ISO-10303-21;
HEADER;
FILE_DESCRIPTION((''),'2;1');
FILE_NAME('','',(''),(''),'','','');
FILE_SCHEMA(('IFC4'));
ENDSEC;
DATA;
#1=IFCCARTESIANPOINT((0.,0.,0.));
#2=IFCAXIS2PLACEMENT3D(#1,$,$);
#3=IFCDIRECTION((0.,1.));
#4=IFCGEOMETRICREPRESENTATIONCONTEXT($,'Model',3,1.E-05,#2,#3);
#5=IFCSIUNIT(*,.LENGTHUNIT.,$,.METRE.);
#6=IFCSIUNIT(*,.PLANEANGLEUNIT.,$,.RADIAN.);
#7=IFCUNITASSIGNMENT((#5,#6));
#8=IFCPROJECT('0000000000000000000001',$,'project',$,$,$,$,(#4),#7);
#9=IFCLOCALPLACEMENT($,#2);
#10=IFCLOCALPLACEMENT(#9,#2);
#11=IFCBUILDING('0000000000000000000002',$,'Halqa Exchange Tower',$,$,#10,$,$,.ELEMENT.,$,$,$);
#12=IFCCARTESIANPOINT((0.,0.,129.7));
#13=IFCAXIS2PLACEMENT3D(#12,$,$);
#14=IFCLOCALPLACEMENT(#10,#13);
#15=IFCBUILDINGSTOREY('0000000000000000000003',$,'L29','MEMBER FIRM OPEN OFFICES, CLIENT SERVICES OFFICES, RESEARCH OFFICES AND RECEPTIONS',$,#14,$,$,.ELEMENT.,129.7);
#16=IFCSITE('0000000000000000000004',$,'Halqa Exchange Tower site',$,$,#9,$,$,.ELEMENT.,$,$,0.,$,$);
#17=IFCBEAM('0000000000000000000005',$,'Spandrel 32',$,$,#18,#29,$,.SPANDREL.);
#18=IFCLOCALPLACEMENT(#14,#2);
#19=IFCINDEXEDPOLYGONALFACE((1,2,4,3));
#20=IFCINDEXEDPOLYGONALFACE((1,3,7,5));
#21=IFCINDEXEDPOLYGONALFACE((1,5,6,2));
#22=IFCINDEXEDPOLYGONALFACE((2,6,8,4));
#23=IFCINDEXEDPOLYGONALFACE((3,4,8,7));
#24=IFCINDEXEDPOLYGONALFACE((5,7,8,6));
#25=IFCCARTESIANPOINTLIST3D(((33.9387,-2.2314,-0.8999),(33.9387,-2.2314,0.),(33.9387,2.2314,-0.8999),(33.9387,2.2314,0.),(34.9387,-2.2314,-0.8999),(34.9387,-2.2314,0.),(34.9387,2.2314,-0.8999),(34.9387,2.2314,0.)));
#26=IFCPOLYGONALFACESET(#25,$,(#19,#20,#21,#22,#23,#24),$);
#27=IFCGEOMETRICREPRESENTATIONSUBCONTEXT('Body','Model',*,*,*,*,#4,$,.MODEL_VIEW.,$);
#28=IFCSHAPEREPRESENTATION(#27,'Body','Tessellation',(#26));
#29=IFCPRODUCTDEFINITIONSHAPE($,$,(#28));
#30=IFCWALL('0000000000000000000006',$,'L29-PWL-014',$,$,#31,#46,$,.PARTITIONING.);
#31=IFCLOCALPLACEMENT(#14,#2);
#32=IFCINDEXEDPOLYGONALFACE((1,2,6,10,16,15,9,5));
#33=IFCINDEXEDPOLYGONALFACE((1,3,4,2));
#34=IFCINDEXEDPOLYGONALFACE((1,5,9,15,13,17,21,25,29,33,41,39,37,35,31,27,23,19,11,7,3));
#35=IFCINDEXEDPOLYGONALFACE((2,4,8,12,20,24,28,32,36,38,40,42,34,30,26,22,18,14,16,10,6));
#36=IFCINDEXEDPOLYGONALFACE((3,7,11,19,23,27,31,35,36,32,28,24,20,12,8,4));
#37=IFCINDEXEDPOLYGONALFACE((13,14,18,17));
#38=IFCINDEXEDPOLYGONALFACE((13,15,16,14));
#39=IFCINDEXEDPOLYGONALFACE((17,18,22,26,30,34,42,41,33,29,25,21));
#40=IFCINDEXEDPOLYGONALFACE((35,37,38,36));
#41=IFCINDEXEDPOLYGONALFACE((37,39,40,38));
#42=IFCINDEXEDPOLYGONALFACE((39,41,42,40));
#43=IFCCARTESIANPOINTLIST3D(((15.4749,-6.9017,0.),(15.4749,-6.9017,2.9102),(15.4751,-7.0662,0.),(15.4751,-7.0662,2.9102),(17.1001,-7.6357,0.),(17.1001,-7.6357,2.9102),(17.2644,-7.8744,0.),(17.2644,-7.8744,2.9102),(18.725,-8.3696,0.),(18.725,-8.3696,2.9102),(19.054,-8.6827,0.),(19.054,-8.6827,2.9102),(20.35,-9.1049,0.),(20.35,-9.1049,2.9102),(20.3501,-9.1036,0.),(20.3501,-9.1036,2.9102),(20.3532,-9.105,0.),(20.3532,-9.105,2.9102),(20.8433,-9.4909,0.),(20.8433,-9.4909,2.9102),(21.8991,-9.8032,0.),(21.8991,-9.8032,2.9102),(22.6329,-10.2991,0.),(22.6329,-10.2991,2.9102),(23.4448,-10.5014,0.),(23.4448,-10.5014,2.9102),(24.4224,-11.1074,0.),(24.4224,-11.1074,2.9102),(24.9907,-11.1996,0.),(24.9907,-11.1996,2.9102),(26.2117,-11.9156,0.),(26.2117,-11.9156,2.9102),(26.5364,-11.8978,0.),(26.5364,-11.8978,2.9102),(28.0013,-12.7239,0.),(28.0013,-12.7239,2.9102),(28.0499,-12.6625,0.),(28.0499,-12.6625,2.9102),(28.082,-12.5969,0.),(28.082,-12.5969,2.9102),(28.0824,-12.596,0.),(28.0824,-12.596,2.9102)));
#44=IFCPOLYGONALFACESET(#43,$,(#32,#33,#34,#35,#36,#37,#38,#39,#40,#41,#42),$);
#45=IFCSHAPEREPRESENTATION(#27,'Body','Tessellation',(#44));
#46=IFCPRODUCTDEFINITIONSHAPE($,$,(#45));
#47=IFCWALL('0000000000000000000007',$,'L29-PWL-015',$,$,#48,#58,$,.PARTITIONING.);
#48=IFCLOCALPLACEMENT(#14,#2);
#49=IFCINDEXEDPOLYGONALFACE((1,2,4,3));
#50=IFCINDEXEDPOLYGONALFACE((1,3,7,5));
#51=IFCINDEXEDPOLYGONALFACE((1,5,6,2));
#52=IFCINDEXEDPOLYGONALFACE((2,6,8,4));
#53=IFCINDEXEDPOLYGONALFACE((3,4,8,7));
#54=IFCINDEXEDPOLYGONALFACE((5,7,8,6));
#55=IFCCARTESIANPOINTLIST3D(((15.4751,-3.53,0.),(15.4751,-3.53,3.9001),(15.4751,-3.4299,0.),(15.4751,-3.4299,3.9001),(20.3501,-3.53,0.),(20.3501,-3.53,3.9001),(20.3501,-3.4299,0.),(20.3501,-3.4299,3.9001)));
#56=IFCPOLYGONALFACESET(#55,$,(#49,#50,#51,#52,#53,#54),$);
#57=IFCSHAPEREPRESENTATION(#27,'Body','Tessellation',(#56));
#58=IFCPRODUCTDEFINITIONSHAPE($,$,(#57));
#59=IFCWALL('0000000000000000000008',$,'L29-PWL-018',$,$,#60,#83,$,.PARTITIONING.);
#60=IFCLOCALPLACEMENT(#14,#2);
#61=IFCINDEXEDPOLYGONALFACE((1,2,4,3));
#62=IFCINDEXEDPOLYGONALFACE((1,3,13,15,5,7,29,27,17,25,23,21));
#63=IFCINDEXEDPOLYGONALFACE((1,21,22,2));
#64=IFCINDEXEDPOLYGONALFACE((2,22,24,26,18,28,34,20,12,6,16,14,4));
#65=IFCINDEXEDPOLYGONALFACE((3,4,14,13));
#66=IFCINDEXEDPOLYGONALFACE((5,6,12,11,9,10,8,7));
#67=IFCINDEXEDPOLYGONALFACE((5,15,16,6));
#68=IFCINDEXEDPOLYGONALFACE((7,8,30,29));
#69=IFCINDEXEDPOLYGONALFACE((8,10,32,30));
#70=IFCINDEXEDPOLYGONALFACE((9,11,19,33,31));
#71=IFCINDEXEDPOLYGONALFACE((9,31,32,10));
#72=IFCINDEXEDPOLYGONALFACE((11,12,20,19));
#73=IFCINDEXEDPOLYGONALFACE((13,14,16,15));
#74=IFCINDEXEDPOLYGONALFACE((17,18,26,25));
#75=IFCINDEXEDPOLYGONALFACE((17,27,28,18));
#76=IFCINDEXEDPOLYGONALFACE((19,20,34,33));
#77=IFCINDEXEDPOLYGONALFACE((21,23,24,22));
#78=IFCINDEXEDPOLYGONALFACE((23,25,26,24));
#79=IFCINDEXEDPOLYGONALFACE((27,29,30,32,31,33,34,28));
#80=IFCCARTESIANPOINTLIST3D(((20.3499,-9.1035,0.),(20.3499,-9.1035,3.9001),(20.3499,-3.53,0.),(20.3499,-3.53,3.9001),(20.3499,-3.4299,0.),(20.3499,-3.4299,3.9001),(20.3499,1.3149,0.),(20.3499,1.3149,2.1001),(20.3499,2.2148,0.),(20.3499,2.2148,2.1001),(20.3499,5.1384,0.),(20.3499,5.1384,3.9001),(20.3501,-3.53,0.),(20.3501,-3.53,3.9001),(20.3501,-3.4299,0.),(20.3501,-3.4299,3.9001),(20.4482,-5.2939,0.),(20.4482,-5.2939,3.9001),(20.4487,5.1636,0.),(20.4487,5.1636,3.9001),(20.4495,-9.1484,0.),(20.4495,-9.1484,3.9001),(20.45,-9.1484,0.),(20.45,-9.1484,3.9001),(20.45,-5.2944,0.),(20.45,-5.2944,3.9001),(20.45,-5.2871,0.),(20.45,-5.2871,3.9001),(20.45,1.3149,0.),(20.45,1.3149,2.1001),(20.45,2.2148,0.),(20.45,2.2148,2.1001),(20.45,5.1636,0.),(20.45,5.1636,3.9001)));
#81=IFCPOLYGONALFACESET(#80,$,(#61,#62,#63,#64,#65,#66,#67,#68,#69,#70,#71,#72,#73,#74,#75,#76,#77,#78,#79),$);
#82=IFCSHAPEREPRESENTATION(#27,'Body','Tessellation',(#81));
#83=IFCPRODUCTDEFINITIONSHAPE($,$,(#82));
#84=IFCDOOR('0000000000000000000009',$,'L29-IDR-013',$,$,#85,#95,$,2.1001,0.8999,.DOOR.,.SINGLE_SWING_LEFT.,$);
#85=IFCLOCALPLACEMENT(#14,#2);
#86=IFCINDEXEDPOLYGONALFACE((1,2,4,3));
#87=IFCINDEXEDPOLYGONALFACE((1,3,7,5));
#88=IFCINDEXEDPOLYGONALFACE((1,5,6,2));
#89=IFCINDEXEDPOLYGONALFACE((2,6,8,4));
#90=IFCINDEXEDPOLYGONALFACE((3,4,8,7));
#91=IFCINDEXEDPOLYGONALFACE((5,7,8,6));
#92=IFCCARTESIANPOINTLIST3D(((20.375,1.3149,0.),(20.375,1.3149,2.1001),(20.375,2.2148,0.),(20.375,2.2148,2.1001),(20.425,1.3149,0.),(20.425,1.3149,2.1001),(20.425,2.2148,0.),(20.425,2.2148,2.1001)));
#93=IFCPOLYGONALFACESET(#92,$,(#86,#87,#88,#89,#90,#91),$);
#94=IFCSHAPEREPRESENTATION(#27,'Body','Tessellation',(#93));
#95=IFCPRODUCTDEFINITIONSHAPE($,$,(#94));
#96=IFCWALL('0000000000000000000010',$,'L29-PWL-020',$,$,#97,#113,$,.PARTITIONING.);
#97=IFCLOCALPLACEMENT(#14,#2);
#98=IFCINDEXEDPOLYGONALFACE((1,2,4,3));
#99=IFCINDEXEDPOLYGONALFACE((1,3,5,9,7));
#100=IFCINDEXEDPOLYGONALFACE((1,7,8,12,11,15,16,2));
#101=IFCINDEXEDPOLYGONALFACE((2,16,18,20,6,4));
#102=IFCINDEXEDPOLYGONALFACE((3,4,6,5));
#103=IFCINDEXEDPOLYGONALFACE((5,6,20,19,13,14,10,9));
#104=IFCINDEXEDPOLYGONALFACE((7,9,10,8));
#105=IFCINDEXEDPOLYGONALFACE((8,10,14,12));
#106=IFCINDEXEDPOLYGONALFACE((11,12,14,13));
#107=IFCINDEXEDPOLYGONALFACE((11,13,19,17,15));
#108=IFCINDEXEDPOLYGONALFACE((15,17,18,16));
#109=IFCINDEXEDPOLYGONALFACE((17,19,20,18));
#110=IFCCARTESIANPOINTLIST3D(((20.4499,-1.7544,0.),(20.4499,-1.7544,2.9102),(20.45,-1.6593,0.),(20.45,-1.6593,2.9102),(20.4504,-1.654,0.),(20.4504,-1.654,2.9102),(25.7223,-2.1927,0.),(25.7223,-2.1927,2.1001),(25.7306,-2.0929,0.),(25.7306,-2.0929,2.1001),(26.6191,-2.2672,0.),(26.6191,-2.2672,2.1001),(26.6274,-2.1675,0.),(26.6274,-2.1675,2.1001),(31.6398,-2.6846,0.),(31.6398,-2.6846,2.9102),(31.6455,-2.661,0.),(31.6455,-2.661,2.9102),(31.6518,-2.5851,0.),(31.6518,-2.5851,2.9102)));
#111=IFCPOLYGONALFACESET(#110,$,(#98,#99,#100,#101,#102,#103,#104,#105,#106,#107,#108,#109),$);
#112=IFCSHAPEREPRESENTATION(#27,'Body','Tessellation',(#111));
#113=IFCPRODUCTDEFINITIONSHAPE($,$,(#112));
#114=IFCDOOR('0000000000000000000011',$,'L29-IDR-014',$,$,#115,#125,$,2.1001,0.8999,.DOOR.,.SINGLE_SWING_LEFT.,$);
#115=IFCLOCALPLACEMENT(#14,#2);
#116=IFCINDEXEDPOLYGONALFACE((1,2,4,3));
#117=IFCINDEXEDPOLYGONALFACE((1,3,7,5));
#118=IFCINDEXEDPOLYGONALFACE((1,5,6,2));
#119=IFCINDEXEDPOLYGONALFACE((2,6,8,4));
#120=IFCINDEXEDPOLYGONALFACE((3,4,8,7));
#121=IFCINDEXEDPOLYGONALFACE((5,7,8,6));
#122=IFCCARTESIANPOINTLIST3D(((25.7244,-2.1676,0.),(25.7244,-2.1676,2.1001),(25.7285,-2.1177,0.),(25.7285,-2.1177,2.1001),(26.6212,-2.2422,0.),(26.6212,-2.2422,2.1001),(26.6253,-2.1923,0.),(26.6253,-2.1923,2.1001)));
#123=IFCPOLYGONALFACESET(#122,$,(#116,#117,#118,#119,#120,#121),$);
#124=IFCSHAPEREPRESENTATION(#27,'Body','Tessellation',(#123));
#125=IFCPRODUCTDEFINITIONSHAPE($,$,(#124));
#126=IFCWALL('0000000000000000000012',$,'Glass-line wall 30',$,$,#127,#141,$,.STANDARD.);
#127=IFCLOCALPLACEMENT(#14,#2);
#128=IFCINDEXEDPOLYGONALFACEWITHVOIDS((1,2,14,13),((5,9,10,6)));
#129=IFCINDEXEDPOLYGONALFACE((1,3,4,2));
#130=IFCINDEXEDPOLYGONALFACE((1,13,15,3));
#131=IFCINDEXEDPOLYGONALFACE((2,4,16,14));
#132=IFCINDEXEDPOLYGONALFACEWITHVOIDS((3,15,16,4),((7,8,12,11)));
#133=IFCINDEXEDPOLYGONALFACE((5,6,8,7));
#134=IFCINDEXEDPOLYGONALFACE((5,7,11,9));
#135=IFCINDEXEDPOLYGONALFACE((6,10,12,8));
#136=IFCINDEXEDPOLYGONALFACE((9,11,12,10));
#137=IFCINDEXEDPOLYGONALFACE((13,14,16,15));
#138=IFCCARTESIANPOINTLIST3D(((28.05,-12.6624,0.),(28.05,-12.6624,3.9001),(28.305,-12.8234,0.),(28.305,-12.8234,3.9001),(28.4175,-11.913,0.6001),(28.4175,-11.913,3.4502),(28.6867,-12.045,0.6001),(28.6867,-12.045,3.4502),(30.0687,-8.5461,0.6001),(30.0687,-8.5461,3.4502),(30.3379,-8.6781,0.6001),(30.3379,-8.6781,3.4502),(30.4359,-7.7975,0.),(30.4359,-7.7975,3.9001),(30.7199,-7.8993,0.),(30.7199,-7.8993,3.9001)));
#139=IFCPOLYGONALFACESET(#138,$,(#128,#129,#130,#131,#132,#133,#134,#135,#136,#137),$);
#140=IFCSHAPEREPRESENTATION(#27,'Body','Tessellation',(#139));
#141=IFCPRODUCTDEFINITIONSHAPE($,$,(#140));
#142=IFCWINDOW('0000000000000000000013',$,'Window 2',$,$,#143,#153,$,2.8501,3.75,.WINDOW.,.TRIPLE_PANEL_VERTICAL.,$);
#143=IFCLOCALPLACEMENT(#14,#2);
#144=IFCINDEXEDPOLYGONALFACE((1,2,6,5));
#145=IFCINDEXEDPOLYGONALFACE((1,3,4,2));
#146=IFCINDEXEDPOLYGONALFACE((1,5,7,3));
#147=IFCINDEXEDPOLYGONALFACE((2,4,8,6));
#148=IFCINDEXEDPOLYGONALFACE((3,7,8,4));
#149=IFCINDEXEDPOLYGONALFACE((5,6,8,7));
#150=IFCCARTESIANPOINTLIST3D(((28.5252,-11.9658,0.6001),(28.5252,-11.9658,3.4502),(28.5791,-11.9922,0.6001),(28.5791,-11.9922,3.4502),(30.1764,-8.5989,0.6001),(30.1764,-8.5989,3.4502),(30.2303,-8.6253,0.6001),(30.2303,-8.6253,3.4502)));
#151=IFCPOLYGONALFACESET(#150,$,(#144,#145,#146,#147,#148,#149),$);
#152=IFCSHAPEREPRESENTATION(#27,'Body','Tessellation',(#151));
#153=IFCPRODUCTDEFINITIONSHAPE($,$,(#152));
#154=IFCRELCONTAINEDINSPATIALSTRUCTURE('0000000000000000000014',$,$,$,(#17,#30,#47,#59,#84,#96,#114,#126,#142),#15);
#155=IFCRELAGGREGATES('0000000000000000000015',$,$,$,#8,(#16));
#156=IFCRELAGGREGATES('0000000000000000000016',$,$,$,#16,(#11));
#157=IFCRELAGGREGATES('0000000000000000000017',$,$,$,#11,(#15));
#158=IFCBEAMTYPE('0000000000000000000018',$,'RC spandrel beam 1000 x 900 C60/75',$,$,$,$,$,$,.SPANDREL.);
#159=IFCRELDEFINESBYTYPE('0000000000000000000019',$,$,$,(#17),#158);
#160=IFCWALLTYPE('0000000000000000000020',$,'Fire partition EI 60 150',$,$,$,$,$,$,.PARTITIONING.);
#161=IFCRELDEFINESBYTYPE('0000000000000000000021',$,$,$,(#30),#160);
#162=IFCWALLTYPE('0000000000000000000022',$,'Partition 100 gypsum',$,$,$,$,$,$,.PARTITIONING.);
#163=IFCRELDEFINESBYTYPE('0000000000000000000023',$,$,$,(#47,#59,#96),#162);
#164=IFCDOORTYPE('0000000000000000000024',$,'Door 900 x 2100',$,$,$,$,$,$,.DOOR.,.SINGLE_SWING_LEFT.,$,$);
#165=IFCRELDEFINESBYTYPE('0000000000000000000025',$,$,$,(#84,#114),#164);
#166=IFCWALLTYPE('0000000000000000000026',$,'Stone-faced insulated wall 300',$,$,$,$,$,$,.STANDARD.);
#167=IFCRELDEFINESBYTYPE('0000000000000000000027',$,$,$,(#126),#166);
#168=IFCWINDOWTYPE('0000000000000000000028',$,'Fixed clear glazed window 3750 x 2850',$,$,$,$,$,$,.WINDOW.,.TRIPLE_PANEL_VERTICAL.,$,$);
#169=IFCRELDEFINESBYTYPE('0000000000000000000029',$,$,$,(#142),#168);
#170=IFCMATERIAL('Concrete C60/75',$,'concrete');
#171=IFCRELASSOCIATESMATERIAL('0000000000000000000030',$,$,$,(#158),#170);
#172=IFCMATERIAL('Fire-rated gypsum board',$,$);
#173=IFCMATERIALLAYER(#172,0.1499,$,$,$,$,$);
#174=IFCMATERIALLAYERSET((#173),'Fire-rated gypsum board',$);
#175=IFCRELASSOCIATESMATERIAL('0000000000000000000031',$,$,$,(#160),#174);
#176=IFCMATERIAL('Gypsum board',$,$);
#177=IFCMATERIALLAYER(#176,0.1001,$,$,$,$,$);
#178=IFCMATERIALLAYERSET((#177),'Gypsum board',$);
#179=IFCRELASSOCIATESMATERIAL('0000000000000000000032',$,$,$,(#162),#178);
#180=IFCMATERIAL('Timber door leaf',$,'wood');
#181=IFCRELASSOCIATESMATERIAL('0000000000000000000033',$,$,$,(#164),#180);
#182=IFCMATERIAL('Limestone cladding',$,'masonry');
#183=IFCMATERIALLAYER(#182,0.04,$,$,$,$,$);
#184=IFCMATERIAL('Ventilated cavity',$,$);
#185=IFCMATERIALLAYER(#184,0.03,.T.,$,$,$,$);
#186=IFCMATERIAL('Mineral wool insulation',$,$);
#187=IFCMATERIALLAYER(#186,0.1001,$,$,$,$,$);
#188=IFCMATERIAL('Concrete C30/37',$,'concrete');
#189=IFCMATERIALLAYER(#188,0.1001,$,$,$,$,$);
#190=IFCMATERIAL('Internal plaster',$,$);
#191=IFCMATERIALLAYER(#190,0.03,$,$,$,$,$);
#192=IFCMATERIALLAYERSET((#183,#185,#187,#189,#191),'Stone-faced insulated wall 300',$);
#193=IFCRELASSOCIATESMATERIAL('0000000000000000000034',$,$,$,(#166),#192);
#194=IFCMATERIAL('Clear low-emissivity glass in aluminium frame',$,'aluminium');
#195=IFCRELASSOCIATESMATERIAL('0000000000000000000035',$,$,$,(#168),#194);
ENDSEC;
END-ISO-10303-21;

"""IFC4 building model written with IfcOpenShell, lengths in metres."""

from ifc_helpers import new_model, si_unit, direction, frame, frame_2d, origin, origin_2d, place, context, subcontext, project, spatial, polyline, rectangle, outline, extrude, material, layer, layer_set, material_profile, profile_set, type_object, element, fill, save


model = new_model("IFC4")

# Units and contexts
model_context = context("Model", 3, precision=1e-05, world=origin(), true_north=direction((0.0, 1.0)))
body_context = subcontext(model_context, "Body", "Model", "MODEL_VIEW")
ifc_project = project(units=[si_unit("LENGTHUNIT", "METRE"), si_unit("PLANEANGLEUNIT", "RADIAN")], contexts=[model_context])

# Site, building, storey
site_placement = place(None, origin())
site = spatial("IfcSite", under=ifc_project, at=site_placement, Name="Halqa Exchange Tower site", CompositionType="ELEMENT", RefElevation=0.0)
building_placement = place(site_placement, origin())
building = spatial("IfcBuilding", under=site, at=building_placement, Name="Halqa Exchange Tower", CompositionType="ELEMENT")
storey_placement = place(building_placement, frame((0.0, 0.0, 129.7)))
storey = spatial("IfcBuildingStorey", under=building, at=storey_placement, Name="L29", Description="MEMBER FIRM OPEN OFFICES, CLIENT SERVICES OFFICES, RESEARCH OFFICES AND RECEPTIONS", CompositionType="ELEMENT", Elevation=129.7)

# Beam
ifc_material_1 = material(Name="Concrete C60/75", Category="concrete")
ifc_material_profile_1 = material_profile(ifc_material_1, rectangle(XDim=1.0, YDim=0.8999, at=origin_2d()), Name="1000 x 900")
ifc_profile_set_1 = profile_set([ifc_material_profile_1], Name="Concrete C60/75")
beam_type_1 = type_object("IfcBeamType", Name="RC spandrel beam 1000 x 900 C60/75", PredefinedType="SPANDREL", material=ifc_profile_set_1)
beam_1_placement = place(storey_placement, frame((34.4387, -2.2314, -0.45), z_axis=(0.0, 1.0, 0.0), x_axis=(-1.0, 0.0, 0.0)))
element("IfcBeam", 1, at=beam_1_placement, inside=storey, type_object=beam_type_1, Name="Spandrel 32", PredefinedType="SPANDREL", context=body_context, shape_type="SweptSolid", body=[
    extrude(rectangle(XDim=1.0, YDim=0.8999, at=origin_2d()), origin(), (0.0, 0.0, 1.0), 4.4629),
])

# Walls
ifc_material_2 = material(Name="Fire-rated gypsum board")
ifc_layer_1 = layer(ifc_material_2, 0.1499)
ifc_layer_set_1 = layer_set([ifc_layer_1], Name="Fire-rated gypsum board")
wall_type_1 = type_object("IfcWallType", Name="Fire partition EI 60 150", PredefinedType="PARTITIONING", material=ifc_layer_set_1)
wall_1_placement = place(storey_placement, frame((15.4441, -6.97, 0.0), z_axis=(0.0, 0.0, 1.0), x_axis=(0.911353, -0.411626, 0.0)))
element("IfcWall", 2, at=wall_1_placement, inside=storey, type_object=wall_type_1, Name="L29-PWL-014", PredefinedType="PARTITIONING", context=body_context, shape_type="SweptSolid", body=[
    extrude(outline(polyline([(0.0679, -0.075), (2.0312, -0.075), (3.9949, -0.075), (5.9583, -0.075), (7.9219, -0.075), (9.8855, -0.075), (11.8489, -0.075), (13.8125, -0.075), (13.8315, 0.001), (13.8337, 0.074), (13.8337, 0.075), (12.1375, 0.075), (10.4414, 0.075), (8.7451, 0.075), (7.0491, 0.075), (5.3528, 0.075), (5.3499, 0.0737), (5.3494, 0.075), (3.5662, 0.075), (1.7832, 0.075), (0.0, 0.075), (0.0679, -0.075)])), origin(), (0.0, 0.0, 1.0), 2.9102),
])
ifc_material_3 = material(Name="Gypsum board")
ifc_layer_2 = layer(ifc_material_3, 0.1001)
ifc_layer_set_2 = layer_set([ifc_layer_2], Name="Gypsum board")
wall_type_2 = type_object("IfcWallType", Name="Partition 100 gypsum", PredefinedType="PARTITIONING", material=ifc_layer_set_2)
wall_2_placement = place(storey_placement, frame((15.4751, -3.48, 0.0), z_axis=(0.0, 0.0, 1.0), x_axis=(1.0, 0.0, 0.0)))
element("IfcWall", 3, at=wall_2_placement, inside=storey, type_object=wall_type_2, Name="L29-PWL-015", PredefinedType="PARTITIONING", context=body_context, shape_type="SweptSolid", body=[
    extrude(rectangle(XDim=4.875, YDim=0.1001, at=frame_2d((2.4375, 0.0))), origin(), (0.0, 0.0, 1.0), 3.9001),
])

# Walls, openings, doors
wall_3_placement = place(storey_placement, frame((20.3999, -9.1484, 0.0), z_axis=(0.0, 0.0, 1.0), x_axis=(0.0, 1.0, 0.0)))
wall_3 = element("IfcWall", 4, at=wall_3_placement, inside=storey, type_object=wall_type_2, Name="L29-PWL-018", PredefinedType="PARTITIONING", context=body_context, shape_type="SweptSolid", body=[
    extrude(outline(polyline([(0.0, -0.05), (1.927, -0.05), (3.854, -0.05), (3.8545, -0.0483), (3.8613, -0.05), (5.6033, -0.05), (7.345, -0.05), (9.0867, -0.05), (10.8284, -0.05), (12.5703, -0.05), (14.312, -0.05), (14.312, -0.0488), (14.2869, 0.05), (12.573, 0.05), (10.8594, 0.05), (9.1458, 0.05), (7.4321, 0.05), (5.7185, 0.05), (5.7185, 0.0498), (5.6184, 0.0498), (5.6184, 0.05), (3.7607, 0.05), (1.9028, 0.05), (0.0449, 0.05), (0.0, -0.0496), (0.0, -0.05)])), origin(), (0.0, 0.0, 1.0), 3.9001),
])
opening_1_placement = place(wall_3_placement, frame((10.4634, 0.0, 0.0)))
opening_1 = element("IfcOpeningElement", 5, at=opening_1_placement, cuts=wall_3, PredefinedType="OPENING", context=body_context, shape_type="SweptSolid", body=[
    extrude(rectangle(XDim=0.8999, YDim=2.1001, at=frame_2d((0.45, 1.05))), frame((0.0, 0.062, 0.0), z_axis=(0.0, -1.0, 0.0), x_axis=(1.0, 0.0, 0.0)), (0.0, 0.0, 1.0), 0.124),
])
ifc_material_4 = material(Name="Timber door leaf", Category="wood")
door_type_1 = type_object("IfcDoorType", Name="Door 900 x 2100", OperationType="SINGLE_SWING_LEFT", PredefinedType="DOOR", material=ifc_material_4)
door_1_placement = place(opening_1_placement, origin())
door_1 = element("IfcDoor", 6, at=door_1_placement, inside=storey, type_object=door_type_1, Name="L29-IDR-013", OperationType="SINGLE_SWING_LEFT", OverallHeight=2.1001, OverallWidth=0.8999, PredefinedType="DOOR", context=body_context, shape_type="SweptSolid", body=[
    extrude(rectangle(XDim=0.8999, YDim=2.1001, at=frame_2d((0.45, 1.05))), frame((0.0, 0.0249, 0.0), z_axis=(0.0, -1.0, 0.0), x_axis=(1.0, 0.0, 0.0)), (0.0, 0.0, 1.0), 0.05),
])
fill(opening_1, door_1)
wall_4_placement = place(storey_placement, frame((20.4463, -1.7039, 0.0), z_axis=(0.0, 0.0, 1.0), x_axis=(0.996563, -0.082842, 0.0)))
wall_4 = element("IfcWall", 7, at=wall_4_placement, inside=storey, type_object=wall_type_2, Name="L29-PWL-020", PredefinedType="PARTITIONING", context=body_context, shape_type="SweptSolid", body=[
    extrude(outline(polyline([(0.0078, -0.05), (1.8794, -0.05), (3.7507, -0.05), (5.6221, -0.05), (7.4937, -0.05), (9.365, -0.05), (11.2363, -0.05), (11.24, -0.0261), (11.24, 0.05), (9.3667, 0.05), (7.4934, 0.05), (5.6201, 0.05), (3.7466, 0.05), (1.8733, 0.05), (0.0, 0.05), (0.0, 0.0447), (0.0078, -0.05)])), origin(), (0.0, 0.0, 1.0), 2.9102),
])
opening_2_placement = place(wall_4_placement, frame((5.2983, 0.0, 0.0)))
opening_2 = element("IfcOpeningElement", 8, at=opening_2_placement, cuts=wall_4, PredefinedType="OPENING", context=body_context, shape_type="SweptSolid", body=[
    extrude(rectangle(XDim=0.8999, YDim=2.1001, at=frame_2d((0.45, 1.05))), frame((0.0, 0.062, 0.0), z_axis=(0.0, -1.0, 0.0), x_axis=(1.0, 0.0, 0.0)), (0.0, 0.0, 1.0), 0.124),
])
door_2_placement = place(opening_2_placement, frame((0.8999, 0.0, 0.0), z_axis=(0.0, 0.0, 1.0), x_axis=(-1.0, 0.0, 0.0)))
door_2 = element("IfcDoor", 9, at=door_2_placement, inside=storey, type_object=door_type_1, Name="L29-IDR-014", OperationType="SINGLE_SWING_LEFT", OverallHeight=2.1001, OverallWidth=0.8999, PredefinedType="DOOR", context=body_context, shape_type="SweptSolid", body=[
    extrude(rectangle(XDim=0.8999, YDim=2.1001, at=frame_2d((0.45, 1.05))), frame((0.0, 0.0249, 0.0), z_axis=(0.0, -1.0, 0.0), x_axis=(1.0, 0.0, 0.0)), (0.0, 0.0, 1.0), 0.05),
])
fill(opening_2, door_2)

# Wall, opening, window
ifc_material_5 = material(Name="Limestone cladding", Category="masonry")
ifc_layer_3 = layer(ifc_material_5, 0.04)
ifc_material_6 = material(Name="Ventilated cavity")
ifc_layer_4 = layer(ifc_material_6, 0.03, ventilated=True)
ifc_material_7 = material(Name="Mineral wool insulation")
ifc_layer_5 = layer(ifc_material_7, 0.1001)
ifc_material_8 = material(Name="Concrete C30/37", Category="concrete")
ifc_layer_6 = layer(ifc_material_8, 0.1001)
ifc_material_9 = material(Name="Internal plaster")
ifc_layer_7 = layer(ifc_material_9, 0.03)
ifc_layer_set_3 = layer_set([ifc_layer_3, ifc_layer_4, ifc_layer_5, ifc_layer_6, ifc_layer_7], Name="Stone-faced insulated wall 300")
wall_type_3 = type_object("IfcWallType", Name="Stone-faced insulated wall 300", PredefinedType="STANDARD", material=ifc_layer_set_3)
wall_5_placement = place(storey_placement, frame((28.1775, -12.7429, 0.0), z_axis=(0.0, 0.0, 1.0), x_axis=(0.440321, 0.89784, 0.0)))
wall_5 = element("IfcWall", 10, at=wall_5_placement, inside=storey, type_object=wall_type_3, Name="Glass-line wall 30", PredefinedType="STANDARD", context=body_context, shape_type="SweptSolid", body=[
    extrude(outline(polyline([(-0.0161, -0.1499), (5.4683, -0.1499), (5.4346, 0.1499), (0.0161, 0.1499), (-0.0161, -0.1499)])), origin(), (0.0, 0.0, 1.0), 3.9001),
])
opening_3_placement = place(wall_5_placement, frame((0.8508, 0.0, 0.6001)))
opening_3 = element("IfcOpeningElement", 11, at=opening_3_placement, cuts=wall_5, PredefinedType="OPENING", context=body_context, shape_type="SweptSolid", body=[
    extrude(rectangle(XDim=3.75, YDim=2.8501, at=frame_2d((1.875, 1.425))), frame((0.0, 0.1621, 0.0), z_axis=(0.0, -1.0, 0.0), x_axis=(1.0, 0.0, 0.0)), (0.0, 0.0, 1.0), 0.324),
])
ifc_material_10 = material(Name="Clear low-emissivity glass in aluminium frame", Category="aluminium")
window_type = type_object("IfcWindowType", Name="Fixed clear glazed window 3750 x 2850", PartitioningType="TRIPLE_PANEL_VERTICAL", PredefinedType="WINDOW", material=ifc_material_10)
window_1_placement = place(opening_3_placement, origin())
window_1 = element("IfcWindow", 12, at=window_1_placement, inside=storey, type_object=window_type, Name="Window 2", OverallHeight=2.8501, OverallWidth=3.75, PartitioningType="TRIPLE_PANEL_VERTICAL", PredefinedType="WINDOW", context=body_context, shape_type="SweptSolid", body=[
    extrude(rectangle(XDim=3.75, YDim=2.8501, at=frame_2d((1.875, 1.425))), frame((0.0, 0.03, 0.0), z_axis=(0.0, -1.0, 0.0), x_axis=(1.0, 0.0, 0.0)), (0.0, 0.0, 1.0), 0.0601),
])
fill(opening_3, window_1)

save(model, "model.ifc")
